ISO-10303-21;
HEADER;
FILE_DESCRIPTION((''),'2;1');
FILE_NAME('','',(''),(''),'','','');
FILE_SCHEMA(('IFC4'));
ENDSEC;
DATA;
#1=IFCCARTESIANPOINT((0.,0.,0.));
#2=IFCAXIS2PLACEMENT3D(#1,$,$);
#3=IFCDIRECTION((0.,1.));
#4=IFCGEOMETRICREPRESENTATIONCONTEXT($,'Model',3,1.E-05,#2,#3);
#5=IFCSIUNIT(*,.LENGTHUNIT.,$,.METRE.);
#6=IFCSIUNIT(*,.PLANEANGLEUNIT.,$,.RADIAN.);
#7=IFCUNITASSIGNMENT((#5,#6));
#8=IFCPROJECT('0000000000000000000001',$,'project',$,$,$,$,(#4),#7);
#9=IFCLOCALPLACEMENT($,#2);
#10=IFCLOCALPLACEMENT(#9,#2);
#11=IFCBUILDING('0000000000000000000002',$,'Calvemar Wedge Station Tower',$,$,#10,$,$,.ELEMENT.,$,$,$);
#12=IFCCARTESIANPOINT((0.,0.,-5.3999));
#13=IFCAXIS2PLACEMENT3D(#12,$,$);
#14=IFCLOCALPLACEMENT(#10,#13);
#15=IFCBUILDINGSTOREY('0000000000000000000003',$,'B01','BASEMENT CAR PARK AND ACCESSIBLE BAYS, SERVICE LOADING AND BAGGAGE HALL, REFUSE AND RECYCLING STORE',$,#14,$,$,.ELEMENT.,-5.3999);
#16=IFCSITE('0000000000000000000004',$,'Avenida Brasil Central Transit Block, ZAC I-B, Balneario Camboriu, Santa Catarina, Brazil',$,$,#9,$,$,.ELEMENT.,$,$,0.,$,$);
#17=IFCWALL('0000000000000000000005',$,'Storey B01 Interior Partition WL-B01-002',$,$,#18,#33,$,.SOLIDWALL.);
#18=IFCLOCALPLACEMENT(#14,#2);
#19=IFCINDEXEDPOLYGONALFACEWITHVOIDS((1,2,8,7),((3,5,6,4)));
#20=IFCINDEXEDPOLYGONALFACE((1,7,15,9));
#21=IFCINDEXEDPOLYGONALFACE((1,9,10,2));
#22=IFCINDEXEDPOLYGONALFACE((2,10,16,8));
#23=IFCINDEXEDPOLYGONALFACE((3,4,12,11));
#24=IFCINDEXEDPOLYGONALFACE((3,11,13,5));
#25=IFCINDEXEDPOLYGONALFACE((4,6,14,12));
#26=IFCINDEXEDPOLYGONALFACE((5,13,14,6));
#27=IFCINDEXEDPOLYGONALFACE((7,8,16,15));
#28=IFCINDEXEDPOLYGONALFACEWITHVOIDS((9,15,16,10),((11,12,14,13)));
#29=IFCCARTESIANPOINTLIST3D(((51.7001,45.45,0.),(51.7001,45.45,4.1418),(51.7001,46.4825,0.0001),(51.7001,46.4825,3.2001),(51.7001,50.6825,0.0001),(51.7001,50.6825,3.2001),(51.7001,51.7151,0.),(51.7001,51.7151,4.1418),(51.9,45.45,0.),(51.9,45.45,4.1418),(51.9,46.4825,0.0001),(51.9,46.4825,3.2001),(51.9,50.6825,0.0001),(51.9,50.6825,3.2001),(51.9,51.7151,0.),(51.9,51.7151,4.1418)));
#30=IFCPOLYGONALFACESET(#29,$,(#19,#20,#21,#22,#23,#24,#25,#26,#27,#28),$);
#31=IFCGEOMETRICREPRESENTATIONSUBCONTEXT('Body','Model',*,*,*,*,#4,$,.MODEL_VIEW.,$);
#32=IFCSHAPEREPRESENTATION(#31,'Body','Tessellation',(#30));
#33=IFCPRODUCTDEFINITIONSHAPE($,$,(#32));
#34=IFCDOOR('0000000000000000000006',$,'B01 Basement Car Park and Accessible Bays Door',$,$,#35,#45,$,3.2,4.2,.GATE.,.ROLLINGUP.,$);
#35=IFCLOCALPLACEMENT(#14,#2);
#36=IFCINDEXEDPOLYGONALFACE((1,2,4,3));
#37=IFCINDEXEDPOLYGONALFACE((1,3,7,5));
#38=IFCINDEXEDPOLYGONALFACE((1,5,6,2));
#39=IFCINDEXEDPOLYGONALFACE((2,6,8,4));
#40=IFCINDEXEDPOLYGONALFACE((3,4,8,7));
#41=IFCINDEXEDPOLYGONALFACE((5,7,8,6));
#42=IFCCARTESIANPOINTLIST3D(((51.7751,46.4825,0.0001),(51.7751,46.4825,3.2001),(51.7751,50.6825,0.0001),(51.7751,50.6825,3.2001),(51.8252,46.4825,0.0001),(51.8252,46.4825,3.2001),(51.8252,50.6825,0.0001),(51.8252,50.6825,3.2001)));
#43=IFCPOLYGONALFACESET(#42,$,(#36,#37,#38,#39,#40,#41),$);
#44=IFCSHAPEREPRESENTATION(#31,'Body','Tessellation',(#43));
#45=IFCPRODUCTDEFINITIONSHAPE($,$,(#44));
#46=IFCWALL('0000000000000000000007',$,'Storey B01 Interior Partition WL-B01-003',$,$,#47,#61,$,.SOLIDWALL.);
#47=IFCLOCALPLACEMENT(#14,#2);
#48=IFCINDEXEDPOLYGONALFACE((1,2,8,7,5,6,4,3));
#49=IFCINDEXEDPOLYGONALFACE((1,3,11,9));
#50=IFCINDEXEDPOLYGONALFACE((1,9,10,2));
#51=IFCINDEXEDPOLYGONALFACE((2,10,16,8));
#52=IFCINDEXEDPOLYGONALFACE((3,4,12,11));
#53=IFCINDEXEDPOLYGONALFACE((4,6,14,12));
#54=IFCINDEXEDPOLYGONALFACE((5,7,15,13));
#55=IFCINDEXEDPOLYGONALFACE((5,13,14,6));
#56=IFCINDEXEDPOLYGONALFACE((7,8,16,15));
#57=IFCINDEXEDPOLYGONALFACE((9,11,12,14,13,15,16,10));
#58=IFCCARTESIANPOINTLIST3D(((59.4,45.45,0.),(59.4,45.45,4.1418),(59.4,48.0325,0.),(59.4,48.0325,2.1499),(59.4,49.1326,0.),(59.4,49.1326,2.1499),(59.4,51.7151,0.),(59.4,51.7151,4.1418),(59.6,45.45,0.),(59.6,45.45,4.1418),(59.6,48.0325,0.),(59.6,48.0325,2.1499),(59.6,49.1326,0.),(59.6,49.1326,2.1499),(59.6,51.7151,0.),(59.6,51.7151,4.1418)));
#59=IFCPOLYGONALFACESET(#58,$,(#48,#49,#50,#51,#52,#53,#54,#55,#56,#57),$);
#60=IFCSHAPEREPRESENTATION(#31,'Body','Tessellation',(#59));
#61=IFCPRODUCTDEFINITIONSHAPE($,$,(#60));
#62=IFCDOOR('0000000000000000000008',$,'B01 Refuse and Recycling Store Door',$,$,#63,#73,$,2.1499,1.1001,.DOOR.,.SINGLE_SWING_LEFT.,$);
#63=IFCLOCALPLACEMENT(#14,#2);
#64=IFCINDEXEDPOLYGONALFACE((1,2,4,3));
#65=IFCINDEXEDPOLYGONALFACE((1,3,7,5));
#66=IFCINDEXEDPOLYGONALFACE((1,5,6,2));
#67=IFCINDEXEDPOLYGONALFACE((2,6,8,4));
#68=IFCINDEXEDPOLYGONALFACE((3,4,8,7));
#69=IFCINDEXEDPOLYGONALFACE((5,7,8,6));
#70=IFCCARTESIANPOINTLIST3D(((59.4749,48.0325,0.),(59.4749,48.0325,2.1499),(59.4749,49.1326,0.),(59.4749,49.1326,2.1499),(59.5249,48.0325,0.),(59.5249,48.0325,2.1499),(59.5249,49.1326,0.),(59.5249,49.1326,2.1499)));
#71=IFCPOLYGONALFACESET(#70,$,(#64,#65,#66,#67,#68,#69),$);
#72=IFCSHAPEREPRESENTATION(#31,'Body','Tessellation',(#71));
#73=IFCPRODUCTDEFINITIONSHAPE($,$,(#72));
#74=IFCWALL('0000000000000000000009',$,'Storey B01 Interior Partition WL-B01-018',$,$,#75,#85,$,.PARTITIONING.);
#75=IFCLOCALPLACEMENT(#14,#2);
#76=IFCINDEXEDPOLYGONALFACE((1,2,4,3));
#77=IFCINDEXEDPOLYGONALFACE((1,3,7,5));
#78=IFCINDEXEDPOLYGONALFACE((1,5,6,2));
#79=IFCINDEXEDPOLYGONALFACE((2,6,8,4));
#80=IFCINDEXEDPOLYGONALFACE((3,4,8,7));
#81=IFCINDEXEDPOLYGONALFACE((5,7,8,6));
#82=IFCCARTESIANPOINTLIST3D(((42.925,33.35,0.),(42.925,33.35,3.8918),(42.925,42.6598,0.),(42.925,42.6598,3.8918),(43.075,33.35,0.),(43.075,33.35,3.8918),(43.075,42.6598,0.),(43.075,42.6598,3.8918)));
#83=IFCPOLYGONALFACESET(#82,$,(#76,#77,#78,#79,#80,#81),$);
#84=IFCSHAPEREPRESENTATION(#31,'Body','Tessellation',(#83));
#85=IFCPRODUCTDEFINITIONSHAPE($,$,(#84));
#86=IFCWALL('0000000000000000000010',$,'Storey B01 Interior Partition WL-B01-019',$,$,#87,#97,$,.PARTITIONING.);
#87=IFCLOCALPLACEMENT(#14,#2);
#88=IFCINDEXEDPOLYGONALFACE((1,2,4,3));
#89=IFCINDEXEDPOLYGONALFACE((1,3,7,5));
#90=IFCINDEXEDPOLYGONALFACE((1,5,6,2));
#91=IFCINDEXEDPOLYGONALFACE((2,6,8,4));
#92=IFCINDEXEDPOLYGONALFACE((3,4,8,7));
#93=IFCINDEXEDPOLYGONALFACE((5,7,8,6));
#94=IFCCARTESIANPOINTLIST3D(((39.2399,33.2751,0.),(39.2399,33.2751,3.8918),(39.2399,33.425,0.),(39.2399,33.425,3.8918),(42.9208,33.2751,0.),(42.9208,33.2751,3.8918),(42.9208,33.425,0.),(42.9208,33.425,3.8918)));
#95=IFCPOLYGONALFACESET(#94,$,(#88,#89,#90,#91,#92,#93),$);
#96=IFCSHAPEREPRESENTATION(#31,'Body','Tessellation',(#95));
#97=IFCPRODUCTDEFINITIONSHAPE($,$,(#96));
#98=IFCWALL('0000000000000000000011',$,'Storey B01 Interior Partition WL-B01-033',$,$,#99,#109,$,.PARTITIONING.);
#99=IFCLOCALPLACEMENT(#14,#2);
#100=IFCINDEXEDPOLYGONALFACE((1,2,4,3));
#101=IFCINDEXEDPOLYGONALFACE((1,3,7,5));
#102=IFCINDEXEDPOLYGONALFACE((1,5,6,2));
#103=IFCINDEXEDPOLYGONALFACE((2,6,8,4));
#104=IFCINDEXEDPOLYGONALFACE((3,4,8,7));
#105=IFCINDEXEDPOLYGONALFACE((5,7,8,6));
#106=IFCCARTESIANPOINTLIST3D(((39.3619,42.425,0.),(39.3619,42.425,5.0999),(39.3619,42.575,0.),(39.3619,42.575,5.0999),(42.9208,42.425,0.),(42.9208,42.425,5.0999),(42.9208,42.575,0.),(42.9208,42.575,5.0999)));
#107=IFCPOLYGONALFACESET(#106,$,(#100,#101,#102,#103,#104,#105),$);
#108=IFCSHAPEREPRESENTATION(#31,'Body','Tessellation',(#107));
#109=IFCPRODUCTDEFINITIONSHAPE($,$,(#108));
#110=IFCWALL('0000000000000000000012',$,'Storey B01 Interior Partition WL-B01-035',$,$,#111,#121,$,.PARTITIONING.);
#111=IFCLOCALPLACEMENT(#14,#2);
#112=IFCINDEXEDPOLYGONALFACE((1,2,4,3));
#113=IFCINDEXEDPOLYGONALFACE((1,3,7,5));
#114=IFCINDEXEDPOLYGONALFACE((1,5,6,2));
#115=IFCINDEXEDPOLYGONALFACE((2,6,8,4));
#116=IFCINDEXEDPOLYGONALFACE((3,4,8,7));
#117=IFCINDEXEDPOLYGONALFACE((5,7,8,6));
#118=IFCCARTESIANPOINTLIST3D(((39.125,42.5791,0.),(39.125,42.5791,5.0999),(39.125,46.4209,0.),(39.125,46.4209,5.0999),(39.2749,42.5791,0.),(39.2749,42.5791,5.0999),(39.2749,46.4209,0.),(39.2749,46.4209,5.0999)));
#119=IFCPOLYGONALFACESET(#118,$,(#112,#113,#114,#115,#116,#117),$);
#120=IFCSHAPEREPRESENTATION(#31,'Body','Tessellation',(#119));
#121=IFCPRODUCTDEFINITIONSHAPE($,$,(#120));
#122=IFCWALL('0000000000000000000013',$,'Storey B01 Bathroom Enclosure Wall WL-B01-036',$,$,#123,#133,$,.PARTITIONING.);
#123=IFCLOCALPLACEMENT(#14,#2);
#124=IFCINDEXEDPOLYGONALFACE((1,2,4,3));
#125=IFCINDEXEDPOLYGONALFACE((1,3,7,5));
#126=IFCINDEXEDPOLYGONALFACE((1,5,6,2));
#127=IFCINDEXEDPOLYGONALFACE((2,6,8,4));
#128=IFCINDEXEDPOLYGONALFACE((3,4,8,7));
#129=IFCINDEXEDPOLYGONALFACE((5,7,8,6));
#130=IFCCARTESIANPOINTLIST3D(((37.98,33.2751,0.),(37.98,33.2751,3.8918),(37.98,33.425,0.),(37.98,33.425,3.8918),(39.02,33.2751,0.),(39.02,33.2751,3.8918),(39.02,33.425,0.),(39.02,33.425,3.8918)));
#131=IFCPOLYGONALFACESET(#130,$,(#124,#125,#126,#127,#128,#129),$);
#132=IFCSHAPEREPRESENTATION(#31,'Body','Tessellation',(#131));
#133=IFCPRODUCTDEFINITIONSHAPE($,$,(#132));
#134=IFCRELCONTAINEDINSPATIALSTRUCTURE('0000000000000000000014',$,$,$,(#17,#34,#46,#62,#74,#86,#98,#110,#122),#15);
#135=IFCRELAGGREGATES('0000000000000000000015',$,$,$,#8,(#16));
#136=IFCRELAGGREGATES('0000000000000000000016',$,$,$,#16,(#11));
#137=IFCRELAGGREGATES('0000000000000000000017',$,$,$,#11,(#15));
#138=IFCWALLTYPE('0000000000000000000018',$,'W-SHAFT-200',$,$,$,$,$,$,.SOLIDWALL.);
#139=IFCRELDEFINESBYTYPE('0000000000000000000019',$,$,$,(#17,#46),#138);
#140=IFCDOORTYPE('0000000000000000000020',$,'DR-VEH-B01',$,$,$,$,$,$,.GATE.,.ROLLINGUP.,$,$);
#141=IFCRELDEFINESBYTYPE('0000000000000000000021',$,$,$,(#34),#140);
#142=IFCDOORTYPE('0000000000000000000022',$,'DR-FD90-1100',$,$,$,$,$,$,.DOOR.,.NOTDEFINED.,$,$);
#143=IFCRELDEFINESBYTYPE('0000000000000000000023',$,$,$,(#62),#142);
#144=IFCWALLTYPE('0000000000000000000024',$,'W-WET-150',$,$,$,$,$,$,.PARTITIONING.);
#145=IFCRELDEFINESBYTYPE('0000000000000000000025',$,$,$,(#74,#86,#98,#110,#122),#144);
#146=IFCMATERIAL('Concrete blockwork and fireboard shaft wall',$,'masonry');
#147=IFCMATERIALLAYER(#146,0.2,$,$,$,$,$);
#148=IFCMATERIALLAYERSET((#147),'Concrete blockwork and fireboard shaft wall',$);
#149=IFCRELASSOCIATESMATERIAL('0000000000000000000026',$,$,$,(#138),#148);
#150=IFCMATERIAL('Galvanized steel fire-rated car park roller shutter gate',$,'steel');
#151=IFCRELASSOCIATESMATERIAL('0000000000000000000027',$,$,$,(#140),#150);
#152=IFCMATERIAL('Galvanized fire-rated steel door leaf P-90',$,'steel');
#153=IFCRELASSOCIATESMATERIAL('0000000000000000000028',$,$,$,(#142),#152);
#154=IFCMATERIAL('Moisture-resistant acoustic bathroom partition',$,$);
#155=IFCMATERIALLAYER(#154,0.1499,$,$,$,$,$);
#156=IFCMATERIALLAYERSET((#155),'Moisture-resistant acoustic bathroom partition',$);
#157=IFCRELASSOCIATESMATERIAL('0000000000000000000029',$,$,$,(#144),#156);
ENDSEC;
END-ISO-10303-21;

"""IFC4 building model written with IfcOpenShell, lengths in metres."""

from ifc_helpers import new_model, si_unit, direction, frame, frame_2d, origin, place, context, subcontext, project, spatial, rectangle, extrude, source, transform, mapped, material, layer, layer_set, type_object, element, fill, save


model = new_model("IFC4")

# Units and contexts
model_context = context("Model", 3, precision=1e-05, world=origin(), true_north=direction((0.0, 1.0)))
body_context = subcontext(model_context, "Body", "Model", "MODEL_VIEW")
ifc_project = project(units=[si_unit("LENGTHUNIT", "METRE"), si_unit("PLANEANGLEUNIT", "RADIAN")], contexts=[model_context])

# Site, building, storey
site_placement = place(None, origin())
site = spatial("IfcSite", under=ifc_project, at=site_placement, Name="Avenida Brasil Central Transit Block, ZAC I-B, Balneario Camboriu, Santa Catarina, Brazil", CompositionType="ELEMENT", RefElevation=0.0)
building_placement = place(site_placement, origin())
building = spatial("IfcBuilding", under=site, at=building_placement, Name="Calvemar Wedge Station Tower", CompositionType="ELEMENT")
storey_placement = place(building_placement, frame((0.0, 0.0, -5.3999)))
storey = spatial("IfcBuildingStorey", under=building, at=storey_placement, Name="B01", Description="BASEMENT CAR PARK AND ACCESSIBLE BAYS, SERVICE LOADING AND BAGGAGE HALL, REFUSE AND RECYCLING STORE", CompositionType="ELEMENT", Elevation=-5.3999)

# Walls, openings, doors
ifc_material_1 = material(Name="Concrete blockwork and fireboard shaft wall", Category="masonry")
ifc_layer_1 = layer(ifc_material_1, 0.2)
ifc_layer_set_1 = layer_set([ifc_layer_1], Name="Concrete blockwork and fireboard shaft wall")
wall_type_1 = type_object("IfcWallType", Name="W-SHAFT-200", PredefinedType="SOLIDWALL", material=ifc_layer_set_1)
wall_1_placement = place(storey_placement, frame((51.8, 45.45, 0.0), z_axis=(0.0, 0.0, 1.0), x_axis=(0.0, 1.0, 0.0)))
wall_1 = element("IfcWall", 1, at=wall_1_placement, inside=storey, type_object=wall_type_1, Name="Storey B01 Interior Partition WL-B01-002", PredefinedType="SOLIDWALL", context=body_context, shape_type="SweptSolid", body=[
    extrude(rectangle(XDim=6.2651, YDim=0.2, at=frame_2d((3.1326, 0.0))), origin(), (0.0, 0.0, 1.0), 4.1418),
])
shared_shape_1 = source(origin(), body_context, "Body", "SweptSolid", [
    extrude(rectangle(XDim=4.2, YDim=3.2, at=frame_2d((2.1001, 1.6001))), frame((0.0, 0.1099, 0.0), z_axis=(0.0, -1.0, 0.0), x_axis=(1.0, 0.0, 0.0)), (0.0, 0.0, 1.0), 0.22),
])
opening_1_placement = place(wall_1_placement, frame((1.0325, 0.0, 0.0)))
opening_1 = element("IfcOpeningElement", 2, at=opening_1_placement, cuts=wall_1, PredefinedType="OPENING", context=body_context, shape_type="MappedRepresentation", body=[
    mapped(shared_shape_1, transform((0.0, 0.0, 0.0), scale=1.0)),
])
ifc_material_2 = material(Name="Galvanized steel fire-rated car park roller shutter gate", Category="steel")
door_type_1 = type_object("IfcDoorType", Name="DR-VEH-B01", OperationType="ROLLINGUP", PredefinedType="GATE", material=ifc_material_2)
shared_shape_2 = source(origin(), body_context, "Body", "SweptSolid", [
    extrude(rectangle(XDim=4.2, YDim=3.2, at=frame_2d((2.1001, 1.6001))), frame((0.0, 0.0249, 0.0), z_axis=(0.0, -1.0, 0.0), x_axis=(1.0, 0.0, 0.0)), (0.0, 0.0, 1.0), 0.05),
])
door_1_placement = place(opening_1_placement, origin())
door_1 = element("IfcDoor", 3, at=door_1_placement, inside=storey, type_object=door_type_1, Name="B01 Basement Car Park and Accessible Bays Door", OperationType="ROLLINGUP", OverallHeight=3.2, OverallWidth=4.2, PredefinedType="GATE", context=body_context, shape_type="MappedRepresentation", body=[
    mapped(shared_shape_2, transform((0.0, 0.0, 0.0), scale=1.0)),
])
fill(opening_1, door_1)
wall_2_placement = place(storey_placement, frame((59.5, 51.7151, 0.0), z_axis=(0.0, 0.0, 1.0), x_axis=(0.0, -1.0, 0.0)))
wall_2 = element("IfcWall", 4, at=wall_2_placement, inside=storey, type_object=wall_type_1, Name="Storey B01 Interior Partition WL-B01-003", PredefinedType="SOLIDWALL", context=body_context, shape_type="SweptSolid", body=[
    extrude(rectangle(XDim=6.2651, YDim=0.2, at=frame_2d((3.1326, 0.0))), origin(), (0.0, 0.0, 1.0), 4.1418),
])
shared_shape_3 = source(origin(), body_context, "Body", "SweptSolid", [
    extrude(rectangle(XDim=1.1001, YDim=2.1499, at=frame_2d((0.55, 1.075))), frame((0.0, 0.1099, 0.0), z_axis=(0.0, -1.0, 0.0), x_axis=(1.0, 0.0, 0.0)), (0.0, 0.0, 1.0), 0.22),
])
opening_2_placement = place(wall_2_placement, frame((2.5825, 0.0, 0.0)))
opening_2 = element("IfcOpeningElement", 5, at=opening_2_placement, cuts=wall_2, PredefinedType="OPENING", context=body_context, shape_type="MappedRepresentation", body=[
    mapped(shared_shape_3, transform((0.0, 0.0, 0.0), scale=1.0)),
])
ifc_material_3 = material(Name="Galvanized fire-rated steel door leaf P-90", Category="steel")
door_type_2 = type_object("IfcDoorType", Name="DR-FD90-1100", OperationType="NOTDEFINED", PredefinedType="DOOR", material=ifc_material_3)
shared_shape_4 = source(origin(), body_context, "Body", "SweptSolid", [
    extrude(rectangle(XDim=1.1001, YDim=2.1499, at=frame_2d((0.55, 1.075))), frame((0.0, 0.0249, 0.0), z_axis=(0.0, -1.0, 0.0), x_axis=(1.0, 0.0, 0.0)), (0.0, 0.0, 1.0), 0.05),
])
door_2_placement = place(opening_2_placement, origin())
door_2 = element("IfcDoor", 6, at=door_2_placement, inside=storey, type_object=door_type_2, Name="B01 Refuse and Recycling Store Door", OperationType="SINGLE_SWING_LEFT", OverallHeight=2.1499, OverallWidth=1.1001, PredefinedType="DOOR", context=body_context, shape_type="MappedRepresentation", body=[
    mapped(shared_shape_4, transform((0.0, 0.0, 0.0), scale=1.0)),
])
fill(opening_2, door_2)

# Walls
ifc_material_4 = material(Name="Moisture-resistant acoustic bathroom partition")
ifc_layer_2 = layer(ifc_material_4, 0.1499)
ifc_layer_set_2 = layer_set([ifc_layer_2], Name="Moisture-resistant acoustic bathroom partition")
wall_type_2 = type_object("IfcWallType", Name="W-WET-150", PredefinedType="PARTITIONING", material=ifc_layer_set_2)
wall_3_placement = place(storey_placement, frame((43.0, 33.3501, 0.0), z_axis=(0.0, 0.0, 1.0), x_axis=(0.0, 1.0, 0.0)))
element("IfcWall", 7, at=wall_3_placement, inside=storey, type_object=wall_type_2, Name="Storey B01 Interior Partition WL-B01-018", PredefinedType="PARTITIONING", context=body_context, shape_type="SweptSolid", body=[
    extrude(rectangle(XDim=9.3098, YDim=0.1499, at=frame_2d((4.6548, 0.0))), origin(), (0.0, 0.0, 1.0), 3.8918),
])
wall_4_placement = place(storey_placement, frame((39.24, 33.3501, 0.0), z_axis=(0.0, 0.0, 1.0), x_axis=(1.0, 0.0, 0.0)))
element("IfcWall", 8, at=wall_4_placement, inside=storey, type_object=wall_type_2, Name="Storey B01 Interior Partition WL-B01-019", PredefinedType="PARTITIONING", context=body_context, shape_type="SweptSolid", body=[
    extrude(rectangle(XDim=3.6809, YDim=0.1499, at=frame_2d((1.8403, 0.0))), origin(), (0.0, 0.0, 1.0), 3.8918),
])
wall_5_placement = place(storey_placement, frame((39.3621, 42.5, 0.0), z_axis=(0.0, 0.0, 1.0), x_axis=(1.0, 0.0, 0.0)))
element("IfcWall", 9, at=wall_5_placement, inside=storey, type_object=wall_type_2, Name="Storey B01 Interior Partition WL-B01-033", PredefinedType="PARTITIONING", context=body_context, shape_type="SweptSolid", body=[
    extrude(rectangle(XDim=3.5588, YDim=0.1499, at=frame_2d((1.7793, 0.0))), origin(), (0.0, 0.0, 1.0), 5.0999),
])
wall_6_placement = place(storey_placement, frame((39.2, 46.4209, 0.0), z_axis=(0.0, 0.0, 1.0), x_axis=(0.0, -1.0, 0.0)))
element("IfcWall", 10, at=wall_6_placement, inside=storey, type_object=wall_type_2, Name="Storey B01 Interior Partition WL-B01-035", PredefinedType="PARTITIONING", context=body_context, shape_type="SweptSolid", body=[
    extrude(rectangle(XDim=3.8418, YDim=0.1499, at=frame_2d((1.9209, 0.0))), origin(), (0.0, 0.0, 1.0), 5.0999),
])
wall_7_placement = place(storey_placement, frame((39.02, 33.3501, 0.0), z_axis=(0.0, 0.0, 1.0), x_axis=(-1.0, 0.0, 0.0)))
element("IfcWall", 11, at=wall_7_placement, inside=storey, type_object=wall_type_2, Name="Storey B01 Bathroom Enclosure Wall WL-B01-036", PredefinedType="PARTITIONING", context=body_context, shape_type="SweptSolid", body=[
    extrude(rectangle(XDim=1.04, YDim=0.1499, at=frame_2d((0.52, 0.0))), origin(), (0.0, 0.0, 1.0), 3.8918),
])

save(model, "model.ifc")
